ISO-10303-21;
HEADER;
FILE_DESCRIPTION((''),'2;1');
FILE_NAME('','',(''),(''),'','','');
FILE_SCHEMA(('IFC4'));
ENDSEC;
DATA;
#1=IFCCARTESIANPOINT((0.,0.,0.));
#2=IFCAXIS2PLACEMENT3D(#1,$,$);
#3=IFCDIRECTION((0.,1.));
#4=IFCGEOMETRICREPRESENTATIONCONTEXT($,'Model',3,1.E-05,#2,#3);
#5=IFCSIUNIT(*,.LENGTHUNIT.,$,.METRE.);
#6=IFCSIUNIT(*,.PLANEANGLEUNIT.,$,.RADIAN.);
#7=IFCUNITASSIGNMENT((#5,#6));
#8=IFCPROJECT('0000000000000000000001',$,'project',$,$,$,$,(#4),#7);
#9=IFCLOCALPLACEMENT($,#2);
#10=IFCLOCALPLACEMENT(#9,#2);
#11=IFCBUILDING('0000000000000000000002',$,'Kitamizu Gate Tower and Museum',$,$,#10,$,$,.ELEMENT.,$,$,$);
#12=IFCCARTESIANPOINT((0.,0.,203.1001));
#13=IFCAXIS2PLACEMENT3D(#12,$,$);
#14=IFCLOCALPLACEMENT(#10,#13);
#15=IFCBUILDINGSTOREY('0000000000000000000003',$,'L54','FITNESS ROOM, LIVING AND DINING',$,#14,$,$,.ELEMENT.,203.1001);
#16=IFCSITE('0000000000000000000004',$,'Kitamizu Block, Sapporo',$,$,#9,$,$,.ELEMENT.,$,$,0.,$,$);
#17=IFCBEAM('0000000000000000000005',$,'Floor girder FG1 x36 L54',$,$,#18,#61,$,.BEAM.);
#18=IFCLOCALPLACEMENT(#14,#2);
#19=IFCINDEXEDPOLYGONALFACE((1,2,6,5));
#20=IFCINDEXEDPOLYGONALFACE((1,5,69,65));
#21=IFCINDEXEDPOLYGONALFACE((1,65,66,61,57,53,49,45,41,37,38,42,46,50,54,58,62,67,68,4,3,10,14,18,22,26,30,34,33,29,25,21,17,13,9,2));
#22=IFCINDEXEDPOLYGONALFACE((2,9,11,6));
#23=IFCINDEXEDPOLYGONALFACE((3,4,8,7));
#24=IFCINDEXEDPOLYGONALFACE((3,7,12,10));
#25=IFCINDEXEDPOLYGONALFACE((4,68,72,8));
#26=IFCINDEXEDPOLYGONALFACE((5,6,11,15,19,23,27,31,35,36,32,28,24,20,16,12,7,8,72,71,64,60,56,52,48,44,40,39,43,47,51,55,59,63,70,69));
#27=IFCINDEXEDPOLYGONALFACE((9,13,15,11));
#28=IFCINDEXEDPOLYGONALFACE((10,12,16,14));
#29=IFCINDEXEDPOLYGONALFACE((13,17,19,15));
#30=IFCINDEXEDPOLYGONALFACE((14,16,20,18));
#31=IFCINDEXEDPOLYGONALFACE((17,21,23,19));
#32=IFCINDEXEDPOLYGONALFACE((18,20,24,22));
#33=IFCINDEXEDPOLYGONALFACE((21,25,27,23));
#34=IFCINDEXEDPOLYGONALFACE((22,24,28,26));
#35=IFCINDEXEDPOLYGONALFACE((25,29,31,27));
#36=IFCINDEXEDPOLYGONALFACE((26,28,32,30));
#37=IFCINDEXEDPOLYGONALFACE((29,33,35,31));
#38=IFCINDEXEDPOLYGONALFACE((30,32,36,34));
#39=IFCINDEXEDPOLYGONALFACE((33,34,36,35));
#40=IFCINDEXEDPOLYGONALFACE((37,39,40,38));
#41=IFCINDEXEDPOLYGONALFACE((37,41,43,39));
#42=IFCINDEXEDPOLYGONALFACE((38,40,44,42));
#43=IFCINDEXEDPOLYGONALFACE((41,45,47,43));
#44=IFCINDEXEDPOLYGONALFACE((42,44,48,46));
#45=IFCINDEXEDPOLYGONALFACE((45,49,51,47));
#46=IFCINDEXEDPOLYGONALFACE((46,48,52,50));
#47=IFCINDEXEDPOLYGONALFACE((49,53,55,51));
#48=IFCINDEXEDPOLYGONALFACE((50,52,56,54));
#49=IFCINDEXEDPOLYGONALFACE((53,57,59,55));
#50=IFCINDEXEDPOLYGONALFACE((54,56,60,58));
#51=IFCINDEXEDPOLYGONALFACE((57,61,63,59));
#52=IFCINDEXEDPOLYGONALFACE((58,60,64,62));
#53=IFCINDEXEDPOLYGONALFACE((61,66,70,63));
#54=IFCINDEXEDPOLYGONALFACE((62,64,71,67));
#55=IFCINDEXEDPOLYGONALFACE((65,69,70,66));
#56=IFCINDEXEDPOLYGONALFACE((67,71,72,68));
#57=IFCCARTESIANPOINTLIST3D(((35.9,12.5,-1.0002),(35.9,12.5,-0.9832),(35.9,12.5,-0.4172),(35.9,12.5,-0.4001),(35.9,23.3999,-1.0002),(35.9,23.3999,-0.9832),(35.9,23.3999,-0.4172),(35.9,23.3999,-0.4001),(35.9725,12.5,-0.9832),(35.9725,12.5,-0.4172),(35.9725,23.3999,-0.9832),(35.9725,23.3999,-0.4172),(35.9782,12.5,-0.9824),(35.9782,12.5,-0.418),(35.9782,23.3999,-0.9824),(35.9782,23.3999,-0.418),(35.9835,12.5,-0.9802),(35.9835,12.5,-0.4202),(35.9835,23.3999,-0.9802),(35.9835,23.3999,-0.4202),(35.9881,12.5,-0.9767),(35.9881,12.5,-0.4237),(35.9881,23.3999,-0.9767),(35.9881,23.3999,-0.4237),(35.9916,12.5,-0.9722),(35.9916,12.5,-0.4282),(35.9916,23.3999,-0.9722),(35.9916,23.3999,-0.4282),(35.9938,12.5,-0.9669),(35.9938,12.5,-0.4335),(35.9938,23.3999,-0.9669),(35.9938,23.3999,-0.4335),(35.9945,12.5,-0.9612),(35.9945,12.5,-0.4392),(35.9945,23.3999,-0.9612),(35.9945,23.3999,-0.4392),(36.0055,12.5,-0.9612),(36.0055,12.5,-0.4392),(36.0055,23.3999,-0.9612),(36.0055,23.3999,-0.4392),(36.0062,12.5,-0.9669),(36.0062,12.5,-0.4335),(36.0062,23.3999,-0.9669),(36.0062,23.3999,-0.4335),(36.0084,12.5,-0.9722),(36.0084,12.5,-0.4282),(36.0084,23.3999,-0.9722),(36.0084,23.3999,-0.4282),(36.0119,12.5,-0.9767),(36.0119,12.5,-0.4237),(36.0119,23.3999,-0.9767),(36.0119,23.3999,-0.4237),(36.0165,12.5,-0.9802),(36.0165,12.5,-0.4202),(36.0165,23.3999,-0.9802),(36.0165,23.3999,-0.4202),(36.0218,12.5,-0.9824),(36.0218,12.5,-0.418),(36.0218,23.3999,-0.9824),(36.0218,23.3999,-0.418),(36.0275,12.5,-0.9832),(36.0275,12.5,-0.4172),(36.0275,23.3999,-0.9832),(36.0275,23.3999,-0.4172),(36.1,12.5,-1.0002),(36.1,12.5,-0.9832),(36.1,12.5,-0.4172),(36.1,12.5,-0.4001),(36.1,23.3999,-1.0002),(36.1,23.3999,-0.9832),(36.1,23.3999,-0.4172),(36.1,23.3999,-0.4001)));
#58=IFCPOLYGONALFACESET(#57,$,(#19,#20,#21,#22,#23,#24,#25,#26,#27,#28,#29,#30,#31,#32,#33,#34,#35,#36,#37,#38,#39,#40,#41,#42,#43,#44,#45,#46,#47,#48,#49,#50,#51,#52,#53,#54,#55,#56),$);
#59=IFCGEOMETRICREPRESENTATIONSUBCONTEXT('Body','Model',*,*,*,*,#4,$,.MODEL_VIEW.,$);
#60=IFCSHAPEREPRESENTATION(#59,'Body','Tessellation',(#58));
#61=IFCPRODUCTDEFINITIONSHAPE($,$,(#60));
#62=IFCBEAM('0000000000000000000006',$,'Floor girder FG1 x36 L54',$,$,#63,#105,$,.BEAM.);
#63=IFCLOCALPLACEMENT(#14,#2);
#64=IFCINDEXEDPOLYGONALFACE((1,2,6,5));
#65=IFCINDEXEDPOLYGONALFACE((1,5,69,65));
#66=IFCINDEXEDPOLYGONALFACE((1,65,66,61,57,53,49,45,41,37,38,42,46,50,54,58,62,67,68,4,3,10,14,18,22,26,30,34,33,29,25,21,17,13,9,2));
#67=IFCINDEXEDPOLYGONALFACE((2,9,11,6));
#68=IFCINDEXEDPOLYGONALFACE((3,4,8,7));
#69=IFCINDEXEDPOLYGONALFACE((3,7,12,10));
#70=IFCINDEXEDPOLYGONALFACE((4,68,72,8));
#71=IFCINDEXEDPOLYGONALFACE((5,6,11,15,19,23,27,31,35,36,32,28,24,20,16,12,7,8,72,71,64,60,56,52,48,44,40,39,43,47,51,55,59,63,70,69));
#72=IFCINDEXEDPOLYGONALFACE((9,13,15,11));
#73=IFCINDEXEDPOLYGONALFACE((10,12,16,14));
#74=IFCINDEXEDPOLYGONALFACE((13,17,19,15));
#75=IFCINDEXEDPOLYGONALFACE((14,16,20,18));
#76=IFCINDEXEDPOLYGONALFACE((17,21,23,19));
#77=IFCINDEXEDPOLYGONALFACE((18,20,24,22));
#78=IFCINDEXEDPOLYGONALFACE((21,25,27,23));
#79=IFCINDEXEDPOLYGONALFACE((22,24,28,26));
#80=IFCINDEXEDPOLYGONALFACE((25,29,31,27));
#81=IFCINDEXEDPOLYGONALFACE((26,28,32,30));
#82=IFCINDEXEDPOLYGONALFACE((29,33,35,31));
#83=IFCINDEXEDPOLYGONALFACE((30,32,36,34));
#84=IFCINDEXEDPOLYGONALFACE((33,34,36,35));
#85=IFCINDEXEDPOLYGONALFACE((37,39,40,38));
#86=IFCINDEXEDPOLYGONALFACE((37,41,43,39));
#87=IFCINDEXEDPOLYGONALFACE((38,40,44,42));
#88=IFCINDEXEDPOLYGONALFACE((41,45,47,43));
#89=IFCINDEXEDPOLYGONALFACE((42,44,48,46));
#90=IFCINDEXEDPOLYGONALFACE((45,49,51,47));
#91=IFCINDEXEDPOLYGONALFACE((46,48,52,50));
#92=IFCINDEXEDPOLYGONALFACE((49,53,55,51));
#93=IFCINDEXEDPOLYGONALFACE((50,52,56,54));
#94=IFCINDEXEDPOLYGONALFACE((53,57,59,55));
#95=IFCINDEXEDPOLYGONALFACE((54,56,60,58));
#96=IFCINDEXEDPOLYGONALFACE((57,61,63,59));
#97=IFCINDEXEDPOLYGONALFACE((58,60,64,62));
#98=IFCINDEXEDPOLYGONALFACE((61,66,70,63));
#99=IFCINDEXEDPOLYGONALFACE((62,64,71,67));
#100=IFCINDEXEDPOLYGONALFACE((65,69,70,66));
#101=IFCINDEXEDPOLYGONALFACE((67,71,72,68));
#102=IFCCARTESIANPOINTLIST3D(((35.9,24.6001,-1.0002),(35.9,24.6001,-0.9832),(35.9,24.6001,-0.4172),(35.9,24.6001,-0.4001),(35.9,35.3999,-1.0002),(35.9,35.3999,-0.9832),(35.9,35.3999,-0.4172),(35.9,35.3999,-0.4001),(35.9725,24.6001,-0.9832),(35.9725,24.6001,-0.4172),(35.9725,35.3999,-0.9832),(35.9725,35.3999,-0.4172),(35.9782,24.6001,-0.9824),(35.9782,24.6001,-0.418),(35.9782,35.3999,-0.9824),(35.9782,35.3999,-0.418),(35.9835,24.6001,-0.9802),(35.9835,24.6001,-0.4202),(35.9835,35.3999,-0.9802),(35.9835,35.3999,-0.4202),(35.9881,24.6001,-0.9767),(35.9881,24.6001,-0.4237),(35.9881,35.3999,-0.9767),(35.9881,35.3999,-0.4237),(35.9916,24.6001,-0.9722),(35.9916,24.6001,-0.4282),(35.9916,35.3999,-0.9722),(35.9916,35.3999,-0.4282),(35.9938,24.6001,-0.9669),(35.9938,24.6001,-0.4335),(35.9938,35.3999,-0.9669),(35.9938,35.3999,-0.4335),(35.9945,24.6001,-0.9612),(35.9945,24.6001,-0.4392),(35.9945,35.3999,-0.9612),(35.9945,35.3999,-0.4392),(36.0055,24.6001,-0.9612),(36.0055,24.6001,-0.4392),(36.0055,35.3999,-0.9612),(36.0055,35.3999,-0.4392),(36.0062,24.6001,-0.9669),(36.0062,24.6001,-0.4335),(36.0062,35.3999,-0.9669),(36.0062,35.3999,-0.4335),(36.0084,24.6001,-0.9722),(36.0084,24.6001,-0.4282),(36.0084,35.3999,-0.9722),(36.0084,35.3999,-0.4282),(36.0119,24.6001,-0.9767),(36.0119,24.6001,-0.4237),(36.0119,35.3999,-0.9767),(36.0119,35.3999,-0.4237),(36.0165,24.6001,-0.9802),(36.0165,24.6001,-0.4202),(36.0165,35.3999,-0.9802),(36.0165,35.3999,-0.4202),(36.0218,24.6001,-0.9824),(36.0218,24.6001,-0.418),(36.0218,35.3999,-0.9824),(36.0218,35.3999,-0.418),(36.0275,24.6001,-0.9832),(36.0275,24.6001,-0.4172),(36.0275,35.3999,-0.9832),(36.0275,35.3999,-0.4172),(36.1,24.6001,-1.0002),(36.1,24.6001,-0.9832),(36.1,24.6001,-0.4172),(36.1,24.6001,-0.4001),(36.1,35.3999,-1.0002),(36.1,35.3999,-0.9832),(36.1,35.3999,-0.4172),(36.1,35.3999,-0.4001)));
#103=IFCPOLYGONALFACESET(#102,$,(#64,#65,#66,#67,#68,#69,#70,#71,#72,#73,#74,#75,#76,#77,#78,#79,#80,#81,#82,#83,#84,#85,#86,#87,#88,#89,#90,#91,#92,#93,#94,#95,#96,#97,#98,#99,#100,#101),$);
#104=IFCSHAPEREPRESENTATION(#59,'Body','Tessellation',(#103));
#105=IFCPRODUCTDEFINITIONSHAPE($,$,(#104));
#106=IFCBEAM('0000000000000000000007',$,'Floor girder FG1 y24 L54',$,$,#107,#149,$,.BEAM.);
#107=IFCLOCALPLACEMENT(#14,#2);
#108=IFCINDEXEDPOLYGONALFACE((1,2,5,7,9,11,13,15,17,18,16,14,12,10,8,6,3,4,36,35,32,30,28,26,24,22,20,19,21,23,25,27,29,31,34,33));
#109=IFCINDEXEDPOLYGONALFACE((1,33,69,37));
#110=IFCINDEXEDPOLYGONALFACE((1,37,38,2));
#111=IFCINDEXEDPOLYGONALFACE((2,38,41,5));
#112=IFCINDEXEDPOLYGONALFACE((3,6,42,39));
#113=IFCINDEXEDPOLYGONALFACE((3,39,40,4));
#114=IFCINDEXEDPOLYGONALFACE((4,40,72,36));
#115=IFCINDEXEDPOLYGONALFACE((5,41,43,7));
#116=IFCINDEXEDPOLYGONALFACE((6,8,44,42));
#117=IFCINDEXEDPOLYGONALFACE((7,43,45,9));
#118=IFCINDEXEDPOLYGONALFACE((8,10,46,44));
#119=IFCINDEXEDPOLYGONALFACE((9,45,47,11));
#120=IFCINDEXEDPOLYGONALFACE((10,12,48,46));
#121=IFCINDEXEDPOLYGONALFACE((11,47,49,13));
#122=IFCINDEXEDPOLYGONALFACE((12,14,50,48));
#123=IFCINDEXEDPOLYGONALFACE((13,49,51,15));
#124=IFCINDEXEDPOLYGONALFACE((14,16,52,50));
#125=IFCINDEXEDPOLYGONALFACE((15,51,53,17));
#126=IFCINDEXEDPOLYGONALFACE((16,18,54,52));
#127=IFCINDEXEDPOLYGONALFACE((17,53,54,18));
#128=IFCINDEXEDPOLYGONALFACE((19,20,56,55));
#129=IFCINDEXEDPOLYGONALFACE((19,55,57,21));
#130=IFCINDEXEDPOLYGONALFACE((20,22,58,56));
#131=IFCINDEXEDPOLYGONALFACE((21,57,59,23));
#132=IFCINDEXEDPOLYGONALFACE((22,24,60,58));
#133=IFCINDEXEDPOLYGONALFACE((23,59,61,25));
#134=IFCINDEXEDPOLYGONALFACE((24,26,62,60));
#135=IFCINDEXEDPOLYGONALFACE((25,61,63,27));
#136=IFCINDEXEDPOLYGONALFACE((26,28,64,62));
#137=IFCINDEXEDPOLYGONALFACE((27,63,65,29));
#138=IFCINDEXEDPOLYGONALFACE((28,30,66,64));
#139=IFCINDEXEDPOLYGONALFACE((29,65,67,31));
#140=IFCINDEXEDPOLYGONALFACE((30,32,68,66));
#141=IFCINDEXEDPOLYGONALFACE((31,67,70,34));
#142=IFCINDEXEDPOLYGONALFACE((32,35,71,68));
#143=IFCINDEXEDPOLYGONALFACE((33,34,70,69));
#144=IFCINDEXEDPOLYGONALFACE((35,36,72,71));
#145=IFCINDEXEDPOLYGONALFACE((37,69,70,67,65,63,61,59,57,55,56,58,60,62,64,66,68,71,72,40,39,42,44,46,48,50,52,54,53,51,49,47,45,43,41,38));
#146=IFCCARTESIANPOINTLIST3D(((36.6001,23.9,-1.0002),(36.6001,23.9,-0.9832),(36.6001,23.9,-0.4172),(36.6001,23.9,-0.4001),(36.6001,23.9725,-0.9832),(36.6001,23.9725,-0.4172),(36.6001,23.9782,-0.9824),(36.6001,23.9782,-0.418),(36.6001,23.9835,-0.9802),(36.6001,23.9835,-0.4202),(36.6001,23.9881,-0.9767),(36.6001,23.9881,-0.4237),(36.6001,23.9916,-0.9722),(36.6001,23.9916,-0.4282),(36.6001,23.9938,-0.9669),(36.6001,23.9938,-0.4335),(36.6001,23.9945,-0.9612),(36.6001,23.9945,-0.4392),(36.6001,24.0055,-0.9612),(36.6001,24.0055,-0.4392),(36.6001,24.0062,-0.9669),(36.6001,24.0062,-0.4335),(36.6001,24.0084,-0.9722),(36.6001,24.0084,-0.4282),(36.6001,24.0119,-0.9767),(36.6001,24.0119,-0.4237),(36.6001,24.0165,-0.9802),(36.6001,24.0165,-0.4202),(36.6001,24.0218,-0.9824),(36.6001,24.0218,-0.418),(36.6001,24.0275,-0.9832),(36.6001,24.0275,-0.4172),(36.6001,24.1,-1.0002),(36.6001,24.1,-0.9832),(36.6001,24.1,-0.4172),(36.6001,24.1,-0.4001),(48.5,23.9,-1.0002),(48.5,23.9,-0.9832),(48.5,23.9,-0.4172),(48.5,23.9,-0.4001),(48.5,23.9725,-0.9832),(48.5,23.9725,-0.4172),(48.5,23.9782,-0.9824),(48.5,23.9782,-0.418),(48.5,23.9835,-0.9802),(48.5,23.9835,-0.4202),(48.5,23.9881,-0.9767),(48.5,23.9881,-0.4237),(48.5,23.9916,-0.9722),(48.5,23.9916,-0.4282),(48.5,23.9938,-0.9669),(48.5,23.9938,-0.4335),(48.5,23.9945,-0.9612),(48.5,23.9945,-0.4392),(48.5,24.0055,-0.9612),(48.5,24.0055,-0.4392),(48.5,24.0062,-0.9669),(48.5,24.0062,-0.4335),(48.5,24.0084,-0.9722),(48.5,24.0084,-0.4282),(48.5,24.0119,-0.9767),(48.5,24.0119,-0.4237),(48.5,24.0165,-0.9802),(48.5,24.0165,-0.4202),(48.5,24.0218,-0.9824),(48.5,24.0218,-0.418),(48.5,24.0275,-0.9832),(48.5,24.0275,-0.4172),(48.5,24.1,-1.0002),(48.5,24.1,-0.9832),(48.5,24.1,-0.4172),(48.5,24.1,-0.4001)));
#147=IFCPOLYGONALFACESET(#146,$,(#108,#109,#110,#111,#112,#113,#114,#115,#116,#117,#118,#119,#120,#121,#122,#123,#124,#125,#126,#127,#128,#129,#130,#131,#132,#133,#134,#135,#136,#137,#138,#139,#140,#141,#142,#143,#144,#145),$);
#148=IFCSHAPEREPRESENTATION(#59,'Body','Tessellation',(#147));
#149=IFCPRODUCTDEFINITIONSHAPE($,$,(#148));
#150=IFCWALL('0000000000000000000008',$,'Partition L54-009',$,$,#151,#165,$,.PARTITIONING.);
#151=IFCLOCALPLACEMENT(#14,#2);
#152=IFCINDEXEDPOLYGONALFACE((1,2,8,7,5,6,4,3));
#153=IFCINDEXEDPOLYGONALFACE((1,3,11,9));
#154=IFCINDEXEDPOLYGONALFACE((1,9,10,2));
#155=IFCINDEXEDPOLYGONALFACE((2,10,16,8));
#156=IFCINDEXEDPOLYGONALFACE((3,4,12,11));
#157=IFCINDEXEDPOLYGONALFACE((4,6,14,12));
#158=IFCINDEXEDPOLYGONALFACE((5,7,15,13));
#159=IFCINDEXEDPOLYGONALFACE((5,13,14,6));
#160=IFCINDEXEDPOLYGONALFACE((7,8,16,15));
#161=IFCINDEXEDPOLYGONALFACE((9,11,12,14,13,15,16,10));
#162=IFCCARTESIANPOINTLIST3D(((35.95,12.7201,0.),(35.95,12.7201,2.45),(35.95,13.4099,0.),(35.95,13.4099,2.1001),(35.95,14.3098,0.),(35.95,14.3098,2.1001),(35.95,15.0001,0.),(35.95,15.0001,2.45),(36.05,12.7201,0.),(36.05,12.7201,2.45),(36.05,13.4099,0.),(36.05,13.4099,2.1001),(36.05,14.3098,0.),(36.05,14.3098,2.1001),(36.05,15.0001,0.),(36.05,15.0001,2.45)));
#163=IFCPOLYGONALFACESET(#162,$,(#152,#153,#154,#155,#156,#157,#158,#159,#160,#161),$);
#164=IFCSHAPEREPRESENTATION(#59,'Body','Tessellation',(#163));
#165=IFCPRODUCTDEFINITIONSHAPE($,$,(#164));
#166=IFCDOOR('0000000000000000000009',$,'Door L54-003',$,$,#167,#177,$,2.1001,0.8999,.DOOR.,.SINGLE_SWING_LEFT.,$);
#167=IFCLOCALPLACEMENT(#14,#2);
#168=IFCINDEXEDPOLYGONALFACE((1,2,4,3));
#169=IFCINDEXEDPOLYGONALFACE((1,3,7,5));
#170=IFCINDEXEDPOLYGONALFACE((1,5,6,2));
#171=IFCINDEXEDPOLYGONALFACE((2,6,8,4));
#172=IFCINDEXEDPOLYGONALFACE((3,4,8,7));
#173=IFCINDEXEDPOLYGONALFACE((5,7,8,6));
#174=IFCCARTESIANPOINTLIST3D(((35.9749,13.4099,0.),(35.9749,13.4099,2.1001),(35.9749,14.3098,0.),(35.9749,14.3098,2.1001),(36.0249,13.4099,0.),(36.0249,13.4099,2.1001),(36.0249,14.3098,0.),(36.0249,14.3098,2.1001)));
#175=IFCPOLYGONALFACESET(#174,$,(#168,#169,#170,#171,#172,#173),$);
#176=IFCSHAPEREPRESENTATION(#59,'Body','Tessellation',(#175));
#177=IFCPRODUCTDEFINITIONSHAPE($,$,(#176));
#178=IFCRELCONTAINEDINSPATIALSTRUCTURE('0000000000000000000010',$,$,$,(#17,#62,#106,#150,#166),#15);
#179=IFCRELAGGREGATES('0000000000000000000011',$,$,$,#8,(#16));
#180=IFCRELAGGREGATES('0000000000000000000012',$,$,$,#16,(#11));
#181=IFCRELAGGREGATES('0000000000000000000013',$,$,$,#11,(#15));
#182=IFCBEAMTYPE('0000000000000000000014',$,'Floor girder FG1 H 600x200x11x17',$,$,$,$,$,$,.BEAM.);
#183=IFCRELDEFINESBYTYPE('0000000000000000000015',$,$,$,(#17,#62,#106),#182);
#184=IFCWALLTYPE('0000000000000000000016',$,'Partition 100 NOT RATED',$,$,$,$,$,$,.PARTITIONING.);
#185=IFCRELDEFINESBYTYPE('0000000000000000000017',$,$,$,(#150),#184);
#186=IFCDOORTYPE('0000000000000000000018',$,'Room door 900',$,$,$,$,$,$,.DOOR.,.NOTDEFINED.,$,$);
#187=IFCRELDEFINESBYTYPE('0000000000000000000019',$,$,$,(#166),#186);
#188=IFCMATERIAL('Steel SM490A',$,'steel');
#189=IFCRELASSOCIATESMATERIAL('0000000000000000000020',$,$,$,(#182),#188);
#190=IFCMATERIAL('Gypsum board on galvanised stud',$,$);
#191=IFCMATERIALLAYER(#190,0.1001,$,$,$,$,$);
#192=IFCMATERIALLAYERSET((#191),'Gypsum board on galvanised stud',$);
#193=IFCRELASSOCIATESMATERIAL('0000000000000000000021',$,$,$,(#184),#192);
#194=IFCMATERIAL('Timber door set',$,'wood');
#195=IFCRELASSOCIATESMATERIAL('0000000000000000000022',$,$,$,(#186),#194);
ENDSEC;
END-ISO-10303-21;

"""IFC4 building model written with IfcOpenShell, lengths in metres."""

from ifc_helpers import new_model, si_unit, direction, frame, frame_2d, origin, origin_2d, place, context, subcontext, project, spatial, rectangle, i_section, extrude, material, layer, layer_set, material_profile, profile_set, type_object, element, fill, save


model = new_model("IFC4")

# Units and contexts
model_context = context("Model", 3, precision=1e-05, world=origin(), true_north=direction((0.0, 1.0)))
body_context = subcontext(model_context, "Body", "Model", "MODEL_VIEW")
ifc_project = project(units=[si_unit("LENGTHUNIT", "METRE"), si_unit("PLANEANGLEUNIT", "RADIAN")], contexts=[model_context])

# Site, building, storey
site_placement = place(None, origin())
site = spatial("IfcSite", under=ifc_project, at=site_placement, Name="Kitamizu Block, Sapporo", CompositionType="ELEMENT", RefElevation=0.0)
building_placement = place(site_placement, origin())
building = spatial("IfcBuilding", under=site, at=building_placement, Name="Kitamizu Gate Tower and Museum", CompositionType="ELEMENT")
storey_placement = place(building_placement, frame((0.0, 0.0, 203.1001)))
storey = spatial("IfcBuildingStorey", under=building, at=storey_placement, Name="L54", Description="FITNESS ROOM, LIVING AND DINING", CompositionType="ELEMENT", Elevation=203.1001)

# Beams
ifc_material_1 = material(Name="Steel SM490A", Category="steel")
ifc_material_profile_1 = material_profile(ifc_material_1, i_section(OverallWidth=0.2, OverallDepth=0.6001, WebThickness=0.011, FlangeThickness=0.0171, FilletRadius=0.022, at=origin_2d()), Name="H-600x200x11x17")
ifc_profile_set_1 = profile_set([ifc_material_profile_1], Name="Steel SM490A")
beam_type_1 = type_object("IfcBeamType", Name="Floor girder FG1 H 600x200x11x17", PredefinedType="BEAM", material=ifc_profile_set_1)
beam_1_placement = place(storey_placement, frame((36.0, 12.5, -0.7002), z_axis=(0.0, 1.0, 0.0), x_axis=(-1.0, 0.0, 0.0)))
element("IfcBeam", 1, at=beam_1_placement, inside=storey, type_object=beam_type_1, Name="Floor girder FG1 x36 L54", PredefinedType="BEAM", context=body_context, shape_type="SweptSolid", body=[
    extrude(i_section(OverallWidth=0.2, OverallDepth=0.6001, WebThickness=0.011, FlangeThickness=0.0171, FilletRadius=0.022, at=origin_2d()), origin(), (0.0, 0.0, 1.0), 10.8999),
])
beam_2_placement = place(storey_placement, frame((36.0, 24.6001, -0.7002), z_axis=(0.0, 1.0, 0.0), x_axis=(-1.0, 0.0, 0.0)))
element("IfcBeam", 2, at=beam_2_placement, inside=storey, type_object=beam_type_1, Name="Floor girder FG1 x36 L54", PredefinedType="BEAM", context=body_context, shape_type="SweptSolid", body=[
    extrude(i_section(OverallWidth=0.2, OverallDepth=0.6001, WebThickness=0.011, FlangeThickness=0.0171, FilletRadius=0.022, at=origin_2d()), origin(), (0.0, 0.0, 1.0), 10.7998),
])
beam_3_placement = place(storey_placement, frame((36.6001, 24.0, -0.7002), z_axis=(1.0, 0.0, 0.0), x_axis=(0.0, 1.0, 0.0)))
element("IfcBeam", 3, at=beam_3_placement, inside=storey, type_object=beam_type_1, Name="Floor girder FG1 y24 L54", PredefinedType="BEAM", context=body_context, shape_type="SweptSolid", body=[
    extrude(i_section(OverallWidth=0.2, OverallDepth=0.6001, WebThickness=0.011, FlangeThickness=0.0171, FilletRadius=0.022, at=origin_2d()), origin(), (0.0, 0.0, 1.0), 11.8999),
])

# Wall, opening, door
ifc_material_2 = material(Name="Gypsum board on galvanised stud")
ifc_layer_1 = layer(ifc_material_2, 0.1001)
ifc_layer_set_1 = layer_set([ifc_layer_1], Name="Gypsum board on galvanised stud")
wall_type_1 = type_object("IfcWallType", Name="Partition 100 NOT RATED", PredefinedType="PARTITIONING", material=ifc_layer_set_1)
wall_1_placement = place(storey_placement, frame((36.0, 12.72, 0.0), z_axis=(0.0, 0.0, 1.0), x_axis=(0.0, 1.0, 0.0)))
wall_1 = element("IfcWall", 4, at=wall_1_placement, inside=storey, type_object=wall_type_1, Name="Partition L54-009", PredefinedType="PARTITIONING", context=body_context, shape_type="SweptSolid", body=[
    extrude(rectangle(XDim=2.28, YDim=0.1001, at=frame_2d((1.1401, 0.0))), origin(), (0.0, 0.0, 1.0), 2.45),
])
opening_1_placement = place(wall_1_placement, frame((0.6899, 0.0, 0.0)))
opening_1 = element("IfcOpeningElement", 5, at=opening_1_placement, cuts=wall_1, PredefinedType="OPENING", context=body_context, shape_type="SweptSolid", body=[
    extrude(rectangle(XDim=0.8999, YDim=2.1001, at=frame_2d((0.45, 1.05))), frame((0.0, 0.0601, 0.0), z_axis=(0.0, -1.0, 0.0), x_axis=(1.0, 0.0, 0.0)), (0.0, 0.0, 1.0), 0.1201),
])
ifc_material_3 = material(Name="Timber door set", Category="wood")
door_type_1 = type_object("IfcDoorType", Name="Room door 900", OperationType="NOTDEFINED", PredefinedType="DOOR", material=ifc_material_3)
door_1_placement = place(opening_1_placement, frame((0.8999, 0.0, 0.0), x_axis=(-1.0, 0.0, 0.0)))
door_1 = element("IfcDoor", 6, at=door_1_placement, inside=storey, type_object=door_type_1, Name="Door L54-003", OperationType="SINGLE_SWING_LEFT", OverallHeight=2.1001, OverallWidth=0.8999, PredefinedType="DOOR", context=body_context, shape_type="SweptSolid", body=[
    extrude(rectangle(XDim=0.8999, YDim=2.1001, at=frame_2d((0.45, 1.05))), frame((0.0, 0.0249, 0.0), z_axis=(0.0, -1.0, 0.0), x_axis=(1.0, 0.0, 0.0)), (0.0, 0.0, 1.0), 0.05),
])
fill(opening_1, door_1)

save(model, "model.ifc")
